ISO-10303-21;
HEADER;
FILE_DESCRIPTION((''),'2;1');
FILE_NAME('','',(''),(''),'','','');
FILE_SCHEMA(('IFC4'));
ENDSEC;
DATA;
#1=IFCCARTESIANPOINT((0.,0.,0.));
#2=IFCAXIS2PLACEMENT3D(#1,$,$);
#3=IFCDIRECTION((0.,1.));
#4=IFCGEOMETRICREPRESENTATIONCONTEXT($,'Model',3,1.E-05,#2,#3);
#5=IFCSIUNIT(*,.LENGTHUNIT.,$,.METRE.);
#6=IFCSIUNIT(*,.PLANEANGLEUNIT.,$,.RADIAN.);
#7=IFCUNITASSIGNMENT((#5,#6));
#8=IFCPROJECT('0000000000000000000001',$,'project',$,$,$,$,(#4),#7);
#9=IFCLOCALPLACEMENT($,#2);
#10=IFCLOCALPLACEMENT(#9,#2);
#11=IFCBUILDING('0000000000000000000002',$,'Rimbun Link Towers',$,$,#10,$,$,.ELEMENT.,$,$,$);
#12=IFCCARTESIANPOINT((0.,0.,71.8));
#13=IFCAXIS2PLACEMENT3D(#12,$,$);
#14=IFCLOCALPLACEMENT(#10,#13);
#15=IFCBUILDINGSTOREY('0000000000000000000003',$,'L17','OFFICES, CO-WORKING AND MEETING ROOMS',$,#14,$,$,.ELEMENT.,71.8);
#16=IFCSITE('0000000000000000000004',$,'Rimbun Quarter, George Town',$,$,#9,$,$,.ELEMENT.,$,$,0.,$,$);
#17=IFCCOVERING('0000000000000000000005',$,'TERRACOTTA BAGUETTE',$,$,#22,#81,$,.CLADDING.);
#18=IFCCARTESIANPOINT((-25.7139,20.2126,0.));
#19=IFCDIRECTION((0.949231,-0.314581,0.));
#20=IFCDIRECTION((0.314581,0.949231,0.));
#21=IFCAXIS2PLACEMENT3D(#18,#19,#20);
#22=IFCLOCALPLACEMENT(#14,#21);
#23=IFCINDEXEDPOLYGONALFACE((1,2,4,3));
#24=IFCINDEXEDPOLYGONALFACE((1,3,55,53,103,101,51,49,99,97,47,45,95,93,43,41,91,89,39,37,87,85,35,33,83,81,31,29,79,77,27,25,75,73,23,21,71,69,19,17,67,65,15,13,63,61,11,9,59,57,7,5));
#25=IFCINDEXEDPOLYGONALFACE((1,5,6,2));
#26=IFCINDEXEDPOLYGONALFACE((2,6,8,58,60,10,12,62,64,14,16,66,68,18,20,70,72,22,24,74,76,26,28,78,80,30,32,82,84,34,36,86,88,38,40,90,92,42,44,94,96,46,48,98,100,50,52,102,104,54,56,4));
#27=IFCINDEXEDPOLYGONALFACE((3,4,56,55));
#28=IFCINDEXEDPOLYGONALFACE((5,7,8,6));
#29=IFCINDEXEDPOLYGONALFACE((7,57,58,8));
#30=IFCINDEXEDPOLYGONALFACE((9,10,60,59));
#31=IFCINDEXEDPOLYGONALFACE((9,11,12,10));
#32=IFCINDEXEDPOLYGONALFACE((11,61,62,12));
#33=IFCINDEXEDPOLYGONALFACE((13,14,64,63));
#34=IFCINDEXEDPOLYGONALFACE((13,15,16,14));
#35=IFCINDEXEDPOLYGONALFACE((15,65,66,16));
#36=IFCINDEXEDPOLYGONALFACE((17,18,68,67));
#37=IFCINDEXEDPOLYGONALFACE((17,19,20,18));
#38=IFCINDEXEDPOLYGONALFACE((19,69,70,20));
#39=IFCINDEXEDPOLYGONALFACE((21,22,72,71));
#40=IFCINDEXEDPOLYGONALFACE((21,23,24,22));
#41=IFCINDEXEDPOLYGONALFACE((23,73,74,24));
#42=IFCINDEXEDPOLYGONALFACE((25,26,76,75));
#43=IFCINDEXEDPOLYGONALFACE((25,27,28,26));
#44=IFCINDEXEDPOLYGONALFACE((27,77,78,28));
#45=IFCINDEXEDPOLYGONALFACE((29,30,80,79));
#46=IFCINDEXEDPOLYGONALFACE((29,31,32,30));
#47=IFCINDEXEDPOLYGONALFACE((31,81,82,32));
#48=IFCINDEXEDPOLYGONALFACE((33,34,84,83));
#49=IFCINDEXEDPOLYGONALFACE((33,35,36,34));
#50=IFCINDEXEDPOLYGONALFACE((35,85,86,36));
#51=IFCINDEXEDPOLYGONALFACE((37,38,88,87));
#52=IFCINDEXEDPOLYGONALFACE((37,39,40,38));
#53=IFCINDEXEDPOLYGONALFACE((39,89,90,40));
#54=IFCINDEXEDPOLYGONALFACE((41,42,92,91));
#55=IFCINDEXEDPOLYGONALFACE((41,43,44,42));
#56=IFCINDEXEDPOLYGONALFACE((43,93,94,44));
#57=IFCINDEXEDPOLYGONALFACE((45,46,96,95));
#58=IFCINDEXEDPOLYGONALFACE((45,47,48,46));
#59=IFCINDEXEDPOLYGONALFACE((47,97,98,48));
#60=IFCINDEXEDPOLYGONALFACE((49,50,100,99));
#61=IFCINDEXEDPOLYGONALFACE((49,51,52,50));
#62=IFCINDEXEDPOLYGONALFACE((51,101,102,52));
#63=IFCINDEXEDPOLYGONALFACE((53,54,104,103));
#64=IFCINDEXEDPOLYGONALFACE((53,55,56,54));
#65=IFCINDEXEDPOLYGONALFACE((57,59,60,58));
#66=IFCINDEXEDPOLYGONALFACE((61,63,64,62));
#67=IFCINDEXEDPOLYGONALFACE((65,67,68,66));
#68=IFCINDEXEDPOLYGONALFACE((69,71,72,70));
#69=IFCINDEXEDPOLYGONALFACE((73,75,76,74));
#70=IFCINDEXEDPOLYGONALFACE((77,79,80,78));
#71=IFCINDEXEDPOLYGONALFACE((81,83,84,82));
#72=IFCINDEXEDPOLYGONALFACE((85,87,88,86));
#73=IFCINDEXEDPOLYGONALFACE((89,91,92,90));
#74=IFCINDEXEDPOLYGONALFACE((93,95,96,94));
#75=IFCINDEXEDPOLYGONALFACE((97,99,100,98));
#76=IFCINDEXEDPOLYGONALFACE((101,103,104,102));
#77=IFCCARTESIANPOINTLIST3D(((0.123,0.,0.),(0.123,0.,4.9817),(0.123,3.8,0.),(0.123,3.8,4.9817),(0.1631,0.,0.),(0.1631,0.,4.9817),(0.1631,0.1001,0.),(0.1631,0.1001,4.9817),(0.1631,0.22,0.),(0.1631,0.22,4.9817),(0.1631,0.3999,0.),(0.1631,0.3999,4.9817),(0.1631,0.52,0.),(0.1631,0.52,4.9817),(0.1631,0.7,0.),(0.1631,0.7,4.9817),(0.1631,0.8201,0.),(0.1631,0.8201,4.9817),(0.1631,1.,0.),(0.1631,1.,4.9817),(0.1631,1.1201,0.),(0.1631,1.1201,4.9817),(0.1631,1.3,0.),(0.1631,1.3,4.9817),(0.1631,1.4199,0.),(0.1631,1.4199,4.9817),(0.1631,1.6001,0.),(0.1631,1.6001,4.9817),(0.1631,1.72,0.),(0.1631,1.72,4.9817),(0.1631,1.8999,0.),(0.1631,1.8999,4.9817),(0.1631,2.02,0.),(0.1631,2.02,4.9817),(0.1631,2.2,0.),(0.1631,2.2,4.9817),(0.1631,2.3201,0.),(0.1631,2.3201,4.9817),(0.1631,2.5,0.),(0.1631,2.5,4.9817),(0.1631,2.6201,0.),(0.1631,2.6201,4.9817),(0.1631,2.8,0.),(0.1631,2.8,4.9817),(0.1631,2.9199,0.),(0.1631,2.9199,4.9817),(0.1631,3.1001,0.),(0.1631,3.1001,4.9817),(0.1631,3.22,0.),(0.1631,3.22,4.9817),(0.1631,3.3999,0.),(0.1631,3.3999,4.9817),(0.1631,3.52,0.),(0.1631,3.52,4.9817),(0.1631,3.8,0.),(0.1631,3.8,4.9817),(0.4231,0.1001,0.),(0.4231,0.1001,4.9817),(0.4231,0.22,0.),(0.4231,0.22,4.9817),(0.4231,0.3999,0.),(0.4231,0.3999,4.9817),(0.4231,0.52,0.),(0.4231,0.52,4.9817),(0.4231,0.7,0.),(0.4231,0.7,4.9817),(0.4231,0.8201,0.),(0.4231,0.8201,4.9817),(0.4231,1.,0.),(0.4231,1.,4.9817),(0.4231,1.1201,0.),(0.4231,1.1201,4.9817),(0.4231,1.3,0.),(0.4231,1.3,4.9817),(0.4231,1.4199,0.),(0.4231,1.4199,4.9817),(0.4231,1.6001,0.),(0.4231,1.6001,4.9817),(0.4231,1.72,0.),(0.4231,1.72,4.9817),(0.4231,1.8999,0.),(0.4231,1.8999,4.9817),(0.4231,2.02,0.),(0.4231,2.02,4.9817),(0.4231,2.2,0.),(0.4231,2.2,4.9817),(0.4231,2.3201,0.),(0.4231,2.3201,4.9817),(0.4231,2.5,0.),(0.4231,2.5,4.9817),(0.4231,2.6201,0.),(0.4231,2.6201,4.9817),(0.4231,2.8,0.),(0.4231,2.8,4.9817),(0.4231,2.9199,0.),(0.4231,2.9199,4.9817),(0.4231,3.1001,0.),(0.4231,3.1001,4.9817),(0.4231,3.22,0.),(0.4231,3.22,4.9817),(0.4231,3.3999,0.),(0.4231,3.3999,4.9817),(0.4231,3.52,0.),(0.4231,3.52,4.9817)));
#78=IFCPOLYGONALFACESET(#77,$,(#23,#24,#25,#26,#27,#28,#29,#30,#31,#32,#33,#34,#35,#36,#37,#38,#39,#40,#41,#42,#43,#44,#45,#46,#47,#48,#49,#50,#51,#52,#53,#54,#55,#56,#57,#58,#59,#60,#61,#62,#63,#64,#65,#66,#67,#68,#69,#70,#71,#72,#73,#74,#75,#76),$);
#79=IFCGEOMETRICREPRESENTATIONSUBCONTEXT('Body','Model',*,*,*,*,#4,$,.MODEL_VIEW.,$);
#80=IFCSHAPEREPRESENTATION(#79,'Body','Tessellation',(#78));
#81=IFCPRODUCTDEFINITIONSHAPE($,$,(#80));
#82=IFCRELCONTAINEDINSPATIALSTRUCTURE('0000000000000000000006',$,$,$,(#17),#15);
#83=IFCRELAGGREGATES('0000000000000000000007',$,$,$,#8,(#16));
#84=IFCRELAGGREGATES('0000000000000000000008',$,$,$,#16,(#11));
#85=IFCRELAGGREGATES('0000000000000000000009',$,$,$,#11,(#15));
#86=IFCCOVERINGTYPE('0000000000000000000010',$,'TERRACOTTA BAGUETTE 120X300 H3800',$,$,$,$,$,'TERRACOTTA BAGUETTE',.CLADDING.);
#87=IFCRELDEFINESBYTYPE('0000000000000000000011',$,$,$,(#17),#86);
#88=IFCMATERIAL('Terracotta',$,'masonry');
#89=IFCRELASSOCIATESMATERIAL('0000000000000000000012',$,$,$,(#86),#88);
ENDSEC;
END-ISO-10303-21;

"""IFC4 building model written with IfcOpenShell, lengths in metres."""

from ifc_helpers import new_model, si_unit, direction, frame, origin, place, context, subcontext, project, spatial, polyline, outline, extrude, material, material_profile, profile_set, type_object, element, save


model = new_model("IFC4")

# Units and contexts
model_context = context("Model", 3, precision=1e-05, world=origin(), true_north=direction((0.0, 1.0)))
body_context = subcontext(model_context, "Body", "Model", "MODEL_VIEW")
ifc_project = project(units=[si_unit("LENGTHUNIT", "METRE"), si_unit("PLANEANGLEUNIT", "RADIAN")], contexts=[model_context])

# Site, building, storey
site_placement = place(None, origin())
site = spatial("IfcSite", under=ifc_project, at=site_placement, Name="Rimbun Quarter, George Town", CompositionType="ELEMENT", RefElevation=0.0)
building_placement = place(site_placement, origin())
building = spatial("IfcBuilding", under=site, at=building_placement, Name="Rimbun Link Towers", CompositionType="ELEMENT")
storey_placement = place(building_placement, frame((0.0, 0.0, 71.8)))
storey = spatial("IfcBuildingStorey", under=building, at=storey_placement, Name="L17", Description="OFFICES, CO-WORKING AND MEETING ROOMS", CompositionType="ELEMENT", Elevation=71.8)

# Covering
ifc_material_1 = material(Name="Terracotta", Category="masonry")
ifc_material_profile_1 = material_profile(ifc_material_1, outline(polyline([(0.123, 0.0), (0.1631, 0.0), (0.1631, 0.1001), (0.4231, 0.1001), (0.4231, 0.22), (0.1631, 0.22), (0.1631, 0.3999), (0.4231, 0.3999), (0.4231, 0.52), (0.1631, 0.52), (0.1631, 0.7), (0.4231, 0.7), (0.4231, 0.8201), (0.1631, 0.8201), (0.1631, 1.0), (0.4231, 1.0), (0.4231, 1.1201), (0.1631, 1.1201), (0.1631, 1.3), (0.4231, 1.3), (0.4231, 1.4199), (0.1631, 1.4199), (0.1631, 1.6001), (0.4231, 1.6001), (0.4231, 1.72), (0.1631, 1.72), (0.1631, 1.8999), (0.4231, 1.8999), (0.4231, 2.02), (0.1631, 2.02), (0.1631, 2.2), (0.4231, 2.2), (0.4231, 2.3201), (0.1631, 2.3201), (0.1631, 2.5), (0.4231, 2.5), (0.4231, 2.6201), (0.1631, 2.6201), (0.1631, 2.8), (0.4231, 2.8), (0.4231, 2.9199), (0.1631, 2.9199), (0.1631, 3.1001), (0.4231, 3.1001), (0.4231, 3.22), (0.1631, 3.22), (0.1631, 3.3999), (0.4231, 3.3999), (0.4231, 3.52), (0.1631, 3.52), (0.1631, 3.8), (0.123, 3.8), (0.123, 0.0)])), Name="BAGUETTE 120X300")
ifc_profile_set_1 = profile_set([ifc_material_profile_1], Name="Terracotta")
covering_type = type_object("IfcCoveringType", Name="TERRACOTTA BAGUETTE 120X300 H3800", ElementType="TERRACOTTA BAGUETTE", PredefinedType="CLADDING", material=ifc_profile_set_1)
covering_1_placement = place(storey_placement, frame((-25.7139, 20.2126, 0.0), z_axis=(0.949231, -0.314581, 0.0), x_axis=(0.314581, 0.949231, 0.0)))
element("IfcCovering", 1, at=covering_1_placement, inside=storey, type_object=covering_type, Name="TERRACOTTA BAGUETTE", PredefinedType="CLADDING", context=body_context, shape_type="SweptSolid", body=[
    extrude(outline(polyline([(0.123, 0.0), (0.1631, 0.0), (0.1631, 0.1001), (0.4231, 0.1001), (0.4231, 0.22), (0.1631, 0.22), (0.1631, 0.3999), (0.4231, 0.3999), (0.4231, 0.52), (0.1631, 0.52), (0.1631, 0.7), (0.4231, 0.7), (0.4231, 0.8201), (0.1631, 0.8201), (0.1631, 1.0), (0.4231, 1.0), (0.4231, 1.1201), (0.1631, 1.1201), (0.1631, 1.3), (0.4231, 1.3), (0.4231, 1.4199), (0.1631, 1.4199), (0.1631, 1.6001), (0.4231, 1.6001), (0.4231, 1.72), (0.1631, 1.72), (0.1631, 1.8999), (0.4231, 1.8999), (0.4231, 2.02), (0.1631, 2.02), (0.1631, 2.2), (0.4231, 2.2), (0.4231, 2.3201), (0.1631, 2.3201), (0.1631, 2.5), (0.4231, 2.5), (0.4231, 2.6201), (0.1631, 2.6201), (0.1631, 2.8), (0.4231, 2.8), (0.4231, 2.9199), (0.1631, 2.9199), (0.1631, 3.1001), (0.4231, 3.1001), (0.4231, 3.22), (0.1631, 3.22), (0.1631, 3.3999), (0.4231, 3.3999), (0.4231, 3.52), (0.1631, 3.52), (0.1631, 3.8), (0.123, 3.8), (0.123, 0.0)])), origin(), (0.0, 0.0, 1.0), 4.9817),
])

save(model, "model.ifc")
